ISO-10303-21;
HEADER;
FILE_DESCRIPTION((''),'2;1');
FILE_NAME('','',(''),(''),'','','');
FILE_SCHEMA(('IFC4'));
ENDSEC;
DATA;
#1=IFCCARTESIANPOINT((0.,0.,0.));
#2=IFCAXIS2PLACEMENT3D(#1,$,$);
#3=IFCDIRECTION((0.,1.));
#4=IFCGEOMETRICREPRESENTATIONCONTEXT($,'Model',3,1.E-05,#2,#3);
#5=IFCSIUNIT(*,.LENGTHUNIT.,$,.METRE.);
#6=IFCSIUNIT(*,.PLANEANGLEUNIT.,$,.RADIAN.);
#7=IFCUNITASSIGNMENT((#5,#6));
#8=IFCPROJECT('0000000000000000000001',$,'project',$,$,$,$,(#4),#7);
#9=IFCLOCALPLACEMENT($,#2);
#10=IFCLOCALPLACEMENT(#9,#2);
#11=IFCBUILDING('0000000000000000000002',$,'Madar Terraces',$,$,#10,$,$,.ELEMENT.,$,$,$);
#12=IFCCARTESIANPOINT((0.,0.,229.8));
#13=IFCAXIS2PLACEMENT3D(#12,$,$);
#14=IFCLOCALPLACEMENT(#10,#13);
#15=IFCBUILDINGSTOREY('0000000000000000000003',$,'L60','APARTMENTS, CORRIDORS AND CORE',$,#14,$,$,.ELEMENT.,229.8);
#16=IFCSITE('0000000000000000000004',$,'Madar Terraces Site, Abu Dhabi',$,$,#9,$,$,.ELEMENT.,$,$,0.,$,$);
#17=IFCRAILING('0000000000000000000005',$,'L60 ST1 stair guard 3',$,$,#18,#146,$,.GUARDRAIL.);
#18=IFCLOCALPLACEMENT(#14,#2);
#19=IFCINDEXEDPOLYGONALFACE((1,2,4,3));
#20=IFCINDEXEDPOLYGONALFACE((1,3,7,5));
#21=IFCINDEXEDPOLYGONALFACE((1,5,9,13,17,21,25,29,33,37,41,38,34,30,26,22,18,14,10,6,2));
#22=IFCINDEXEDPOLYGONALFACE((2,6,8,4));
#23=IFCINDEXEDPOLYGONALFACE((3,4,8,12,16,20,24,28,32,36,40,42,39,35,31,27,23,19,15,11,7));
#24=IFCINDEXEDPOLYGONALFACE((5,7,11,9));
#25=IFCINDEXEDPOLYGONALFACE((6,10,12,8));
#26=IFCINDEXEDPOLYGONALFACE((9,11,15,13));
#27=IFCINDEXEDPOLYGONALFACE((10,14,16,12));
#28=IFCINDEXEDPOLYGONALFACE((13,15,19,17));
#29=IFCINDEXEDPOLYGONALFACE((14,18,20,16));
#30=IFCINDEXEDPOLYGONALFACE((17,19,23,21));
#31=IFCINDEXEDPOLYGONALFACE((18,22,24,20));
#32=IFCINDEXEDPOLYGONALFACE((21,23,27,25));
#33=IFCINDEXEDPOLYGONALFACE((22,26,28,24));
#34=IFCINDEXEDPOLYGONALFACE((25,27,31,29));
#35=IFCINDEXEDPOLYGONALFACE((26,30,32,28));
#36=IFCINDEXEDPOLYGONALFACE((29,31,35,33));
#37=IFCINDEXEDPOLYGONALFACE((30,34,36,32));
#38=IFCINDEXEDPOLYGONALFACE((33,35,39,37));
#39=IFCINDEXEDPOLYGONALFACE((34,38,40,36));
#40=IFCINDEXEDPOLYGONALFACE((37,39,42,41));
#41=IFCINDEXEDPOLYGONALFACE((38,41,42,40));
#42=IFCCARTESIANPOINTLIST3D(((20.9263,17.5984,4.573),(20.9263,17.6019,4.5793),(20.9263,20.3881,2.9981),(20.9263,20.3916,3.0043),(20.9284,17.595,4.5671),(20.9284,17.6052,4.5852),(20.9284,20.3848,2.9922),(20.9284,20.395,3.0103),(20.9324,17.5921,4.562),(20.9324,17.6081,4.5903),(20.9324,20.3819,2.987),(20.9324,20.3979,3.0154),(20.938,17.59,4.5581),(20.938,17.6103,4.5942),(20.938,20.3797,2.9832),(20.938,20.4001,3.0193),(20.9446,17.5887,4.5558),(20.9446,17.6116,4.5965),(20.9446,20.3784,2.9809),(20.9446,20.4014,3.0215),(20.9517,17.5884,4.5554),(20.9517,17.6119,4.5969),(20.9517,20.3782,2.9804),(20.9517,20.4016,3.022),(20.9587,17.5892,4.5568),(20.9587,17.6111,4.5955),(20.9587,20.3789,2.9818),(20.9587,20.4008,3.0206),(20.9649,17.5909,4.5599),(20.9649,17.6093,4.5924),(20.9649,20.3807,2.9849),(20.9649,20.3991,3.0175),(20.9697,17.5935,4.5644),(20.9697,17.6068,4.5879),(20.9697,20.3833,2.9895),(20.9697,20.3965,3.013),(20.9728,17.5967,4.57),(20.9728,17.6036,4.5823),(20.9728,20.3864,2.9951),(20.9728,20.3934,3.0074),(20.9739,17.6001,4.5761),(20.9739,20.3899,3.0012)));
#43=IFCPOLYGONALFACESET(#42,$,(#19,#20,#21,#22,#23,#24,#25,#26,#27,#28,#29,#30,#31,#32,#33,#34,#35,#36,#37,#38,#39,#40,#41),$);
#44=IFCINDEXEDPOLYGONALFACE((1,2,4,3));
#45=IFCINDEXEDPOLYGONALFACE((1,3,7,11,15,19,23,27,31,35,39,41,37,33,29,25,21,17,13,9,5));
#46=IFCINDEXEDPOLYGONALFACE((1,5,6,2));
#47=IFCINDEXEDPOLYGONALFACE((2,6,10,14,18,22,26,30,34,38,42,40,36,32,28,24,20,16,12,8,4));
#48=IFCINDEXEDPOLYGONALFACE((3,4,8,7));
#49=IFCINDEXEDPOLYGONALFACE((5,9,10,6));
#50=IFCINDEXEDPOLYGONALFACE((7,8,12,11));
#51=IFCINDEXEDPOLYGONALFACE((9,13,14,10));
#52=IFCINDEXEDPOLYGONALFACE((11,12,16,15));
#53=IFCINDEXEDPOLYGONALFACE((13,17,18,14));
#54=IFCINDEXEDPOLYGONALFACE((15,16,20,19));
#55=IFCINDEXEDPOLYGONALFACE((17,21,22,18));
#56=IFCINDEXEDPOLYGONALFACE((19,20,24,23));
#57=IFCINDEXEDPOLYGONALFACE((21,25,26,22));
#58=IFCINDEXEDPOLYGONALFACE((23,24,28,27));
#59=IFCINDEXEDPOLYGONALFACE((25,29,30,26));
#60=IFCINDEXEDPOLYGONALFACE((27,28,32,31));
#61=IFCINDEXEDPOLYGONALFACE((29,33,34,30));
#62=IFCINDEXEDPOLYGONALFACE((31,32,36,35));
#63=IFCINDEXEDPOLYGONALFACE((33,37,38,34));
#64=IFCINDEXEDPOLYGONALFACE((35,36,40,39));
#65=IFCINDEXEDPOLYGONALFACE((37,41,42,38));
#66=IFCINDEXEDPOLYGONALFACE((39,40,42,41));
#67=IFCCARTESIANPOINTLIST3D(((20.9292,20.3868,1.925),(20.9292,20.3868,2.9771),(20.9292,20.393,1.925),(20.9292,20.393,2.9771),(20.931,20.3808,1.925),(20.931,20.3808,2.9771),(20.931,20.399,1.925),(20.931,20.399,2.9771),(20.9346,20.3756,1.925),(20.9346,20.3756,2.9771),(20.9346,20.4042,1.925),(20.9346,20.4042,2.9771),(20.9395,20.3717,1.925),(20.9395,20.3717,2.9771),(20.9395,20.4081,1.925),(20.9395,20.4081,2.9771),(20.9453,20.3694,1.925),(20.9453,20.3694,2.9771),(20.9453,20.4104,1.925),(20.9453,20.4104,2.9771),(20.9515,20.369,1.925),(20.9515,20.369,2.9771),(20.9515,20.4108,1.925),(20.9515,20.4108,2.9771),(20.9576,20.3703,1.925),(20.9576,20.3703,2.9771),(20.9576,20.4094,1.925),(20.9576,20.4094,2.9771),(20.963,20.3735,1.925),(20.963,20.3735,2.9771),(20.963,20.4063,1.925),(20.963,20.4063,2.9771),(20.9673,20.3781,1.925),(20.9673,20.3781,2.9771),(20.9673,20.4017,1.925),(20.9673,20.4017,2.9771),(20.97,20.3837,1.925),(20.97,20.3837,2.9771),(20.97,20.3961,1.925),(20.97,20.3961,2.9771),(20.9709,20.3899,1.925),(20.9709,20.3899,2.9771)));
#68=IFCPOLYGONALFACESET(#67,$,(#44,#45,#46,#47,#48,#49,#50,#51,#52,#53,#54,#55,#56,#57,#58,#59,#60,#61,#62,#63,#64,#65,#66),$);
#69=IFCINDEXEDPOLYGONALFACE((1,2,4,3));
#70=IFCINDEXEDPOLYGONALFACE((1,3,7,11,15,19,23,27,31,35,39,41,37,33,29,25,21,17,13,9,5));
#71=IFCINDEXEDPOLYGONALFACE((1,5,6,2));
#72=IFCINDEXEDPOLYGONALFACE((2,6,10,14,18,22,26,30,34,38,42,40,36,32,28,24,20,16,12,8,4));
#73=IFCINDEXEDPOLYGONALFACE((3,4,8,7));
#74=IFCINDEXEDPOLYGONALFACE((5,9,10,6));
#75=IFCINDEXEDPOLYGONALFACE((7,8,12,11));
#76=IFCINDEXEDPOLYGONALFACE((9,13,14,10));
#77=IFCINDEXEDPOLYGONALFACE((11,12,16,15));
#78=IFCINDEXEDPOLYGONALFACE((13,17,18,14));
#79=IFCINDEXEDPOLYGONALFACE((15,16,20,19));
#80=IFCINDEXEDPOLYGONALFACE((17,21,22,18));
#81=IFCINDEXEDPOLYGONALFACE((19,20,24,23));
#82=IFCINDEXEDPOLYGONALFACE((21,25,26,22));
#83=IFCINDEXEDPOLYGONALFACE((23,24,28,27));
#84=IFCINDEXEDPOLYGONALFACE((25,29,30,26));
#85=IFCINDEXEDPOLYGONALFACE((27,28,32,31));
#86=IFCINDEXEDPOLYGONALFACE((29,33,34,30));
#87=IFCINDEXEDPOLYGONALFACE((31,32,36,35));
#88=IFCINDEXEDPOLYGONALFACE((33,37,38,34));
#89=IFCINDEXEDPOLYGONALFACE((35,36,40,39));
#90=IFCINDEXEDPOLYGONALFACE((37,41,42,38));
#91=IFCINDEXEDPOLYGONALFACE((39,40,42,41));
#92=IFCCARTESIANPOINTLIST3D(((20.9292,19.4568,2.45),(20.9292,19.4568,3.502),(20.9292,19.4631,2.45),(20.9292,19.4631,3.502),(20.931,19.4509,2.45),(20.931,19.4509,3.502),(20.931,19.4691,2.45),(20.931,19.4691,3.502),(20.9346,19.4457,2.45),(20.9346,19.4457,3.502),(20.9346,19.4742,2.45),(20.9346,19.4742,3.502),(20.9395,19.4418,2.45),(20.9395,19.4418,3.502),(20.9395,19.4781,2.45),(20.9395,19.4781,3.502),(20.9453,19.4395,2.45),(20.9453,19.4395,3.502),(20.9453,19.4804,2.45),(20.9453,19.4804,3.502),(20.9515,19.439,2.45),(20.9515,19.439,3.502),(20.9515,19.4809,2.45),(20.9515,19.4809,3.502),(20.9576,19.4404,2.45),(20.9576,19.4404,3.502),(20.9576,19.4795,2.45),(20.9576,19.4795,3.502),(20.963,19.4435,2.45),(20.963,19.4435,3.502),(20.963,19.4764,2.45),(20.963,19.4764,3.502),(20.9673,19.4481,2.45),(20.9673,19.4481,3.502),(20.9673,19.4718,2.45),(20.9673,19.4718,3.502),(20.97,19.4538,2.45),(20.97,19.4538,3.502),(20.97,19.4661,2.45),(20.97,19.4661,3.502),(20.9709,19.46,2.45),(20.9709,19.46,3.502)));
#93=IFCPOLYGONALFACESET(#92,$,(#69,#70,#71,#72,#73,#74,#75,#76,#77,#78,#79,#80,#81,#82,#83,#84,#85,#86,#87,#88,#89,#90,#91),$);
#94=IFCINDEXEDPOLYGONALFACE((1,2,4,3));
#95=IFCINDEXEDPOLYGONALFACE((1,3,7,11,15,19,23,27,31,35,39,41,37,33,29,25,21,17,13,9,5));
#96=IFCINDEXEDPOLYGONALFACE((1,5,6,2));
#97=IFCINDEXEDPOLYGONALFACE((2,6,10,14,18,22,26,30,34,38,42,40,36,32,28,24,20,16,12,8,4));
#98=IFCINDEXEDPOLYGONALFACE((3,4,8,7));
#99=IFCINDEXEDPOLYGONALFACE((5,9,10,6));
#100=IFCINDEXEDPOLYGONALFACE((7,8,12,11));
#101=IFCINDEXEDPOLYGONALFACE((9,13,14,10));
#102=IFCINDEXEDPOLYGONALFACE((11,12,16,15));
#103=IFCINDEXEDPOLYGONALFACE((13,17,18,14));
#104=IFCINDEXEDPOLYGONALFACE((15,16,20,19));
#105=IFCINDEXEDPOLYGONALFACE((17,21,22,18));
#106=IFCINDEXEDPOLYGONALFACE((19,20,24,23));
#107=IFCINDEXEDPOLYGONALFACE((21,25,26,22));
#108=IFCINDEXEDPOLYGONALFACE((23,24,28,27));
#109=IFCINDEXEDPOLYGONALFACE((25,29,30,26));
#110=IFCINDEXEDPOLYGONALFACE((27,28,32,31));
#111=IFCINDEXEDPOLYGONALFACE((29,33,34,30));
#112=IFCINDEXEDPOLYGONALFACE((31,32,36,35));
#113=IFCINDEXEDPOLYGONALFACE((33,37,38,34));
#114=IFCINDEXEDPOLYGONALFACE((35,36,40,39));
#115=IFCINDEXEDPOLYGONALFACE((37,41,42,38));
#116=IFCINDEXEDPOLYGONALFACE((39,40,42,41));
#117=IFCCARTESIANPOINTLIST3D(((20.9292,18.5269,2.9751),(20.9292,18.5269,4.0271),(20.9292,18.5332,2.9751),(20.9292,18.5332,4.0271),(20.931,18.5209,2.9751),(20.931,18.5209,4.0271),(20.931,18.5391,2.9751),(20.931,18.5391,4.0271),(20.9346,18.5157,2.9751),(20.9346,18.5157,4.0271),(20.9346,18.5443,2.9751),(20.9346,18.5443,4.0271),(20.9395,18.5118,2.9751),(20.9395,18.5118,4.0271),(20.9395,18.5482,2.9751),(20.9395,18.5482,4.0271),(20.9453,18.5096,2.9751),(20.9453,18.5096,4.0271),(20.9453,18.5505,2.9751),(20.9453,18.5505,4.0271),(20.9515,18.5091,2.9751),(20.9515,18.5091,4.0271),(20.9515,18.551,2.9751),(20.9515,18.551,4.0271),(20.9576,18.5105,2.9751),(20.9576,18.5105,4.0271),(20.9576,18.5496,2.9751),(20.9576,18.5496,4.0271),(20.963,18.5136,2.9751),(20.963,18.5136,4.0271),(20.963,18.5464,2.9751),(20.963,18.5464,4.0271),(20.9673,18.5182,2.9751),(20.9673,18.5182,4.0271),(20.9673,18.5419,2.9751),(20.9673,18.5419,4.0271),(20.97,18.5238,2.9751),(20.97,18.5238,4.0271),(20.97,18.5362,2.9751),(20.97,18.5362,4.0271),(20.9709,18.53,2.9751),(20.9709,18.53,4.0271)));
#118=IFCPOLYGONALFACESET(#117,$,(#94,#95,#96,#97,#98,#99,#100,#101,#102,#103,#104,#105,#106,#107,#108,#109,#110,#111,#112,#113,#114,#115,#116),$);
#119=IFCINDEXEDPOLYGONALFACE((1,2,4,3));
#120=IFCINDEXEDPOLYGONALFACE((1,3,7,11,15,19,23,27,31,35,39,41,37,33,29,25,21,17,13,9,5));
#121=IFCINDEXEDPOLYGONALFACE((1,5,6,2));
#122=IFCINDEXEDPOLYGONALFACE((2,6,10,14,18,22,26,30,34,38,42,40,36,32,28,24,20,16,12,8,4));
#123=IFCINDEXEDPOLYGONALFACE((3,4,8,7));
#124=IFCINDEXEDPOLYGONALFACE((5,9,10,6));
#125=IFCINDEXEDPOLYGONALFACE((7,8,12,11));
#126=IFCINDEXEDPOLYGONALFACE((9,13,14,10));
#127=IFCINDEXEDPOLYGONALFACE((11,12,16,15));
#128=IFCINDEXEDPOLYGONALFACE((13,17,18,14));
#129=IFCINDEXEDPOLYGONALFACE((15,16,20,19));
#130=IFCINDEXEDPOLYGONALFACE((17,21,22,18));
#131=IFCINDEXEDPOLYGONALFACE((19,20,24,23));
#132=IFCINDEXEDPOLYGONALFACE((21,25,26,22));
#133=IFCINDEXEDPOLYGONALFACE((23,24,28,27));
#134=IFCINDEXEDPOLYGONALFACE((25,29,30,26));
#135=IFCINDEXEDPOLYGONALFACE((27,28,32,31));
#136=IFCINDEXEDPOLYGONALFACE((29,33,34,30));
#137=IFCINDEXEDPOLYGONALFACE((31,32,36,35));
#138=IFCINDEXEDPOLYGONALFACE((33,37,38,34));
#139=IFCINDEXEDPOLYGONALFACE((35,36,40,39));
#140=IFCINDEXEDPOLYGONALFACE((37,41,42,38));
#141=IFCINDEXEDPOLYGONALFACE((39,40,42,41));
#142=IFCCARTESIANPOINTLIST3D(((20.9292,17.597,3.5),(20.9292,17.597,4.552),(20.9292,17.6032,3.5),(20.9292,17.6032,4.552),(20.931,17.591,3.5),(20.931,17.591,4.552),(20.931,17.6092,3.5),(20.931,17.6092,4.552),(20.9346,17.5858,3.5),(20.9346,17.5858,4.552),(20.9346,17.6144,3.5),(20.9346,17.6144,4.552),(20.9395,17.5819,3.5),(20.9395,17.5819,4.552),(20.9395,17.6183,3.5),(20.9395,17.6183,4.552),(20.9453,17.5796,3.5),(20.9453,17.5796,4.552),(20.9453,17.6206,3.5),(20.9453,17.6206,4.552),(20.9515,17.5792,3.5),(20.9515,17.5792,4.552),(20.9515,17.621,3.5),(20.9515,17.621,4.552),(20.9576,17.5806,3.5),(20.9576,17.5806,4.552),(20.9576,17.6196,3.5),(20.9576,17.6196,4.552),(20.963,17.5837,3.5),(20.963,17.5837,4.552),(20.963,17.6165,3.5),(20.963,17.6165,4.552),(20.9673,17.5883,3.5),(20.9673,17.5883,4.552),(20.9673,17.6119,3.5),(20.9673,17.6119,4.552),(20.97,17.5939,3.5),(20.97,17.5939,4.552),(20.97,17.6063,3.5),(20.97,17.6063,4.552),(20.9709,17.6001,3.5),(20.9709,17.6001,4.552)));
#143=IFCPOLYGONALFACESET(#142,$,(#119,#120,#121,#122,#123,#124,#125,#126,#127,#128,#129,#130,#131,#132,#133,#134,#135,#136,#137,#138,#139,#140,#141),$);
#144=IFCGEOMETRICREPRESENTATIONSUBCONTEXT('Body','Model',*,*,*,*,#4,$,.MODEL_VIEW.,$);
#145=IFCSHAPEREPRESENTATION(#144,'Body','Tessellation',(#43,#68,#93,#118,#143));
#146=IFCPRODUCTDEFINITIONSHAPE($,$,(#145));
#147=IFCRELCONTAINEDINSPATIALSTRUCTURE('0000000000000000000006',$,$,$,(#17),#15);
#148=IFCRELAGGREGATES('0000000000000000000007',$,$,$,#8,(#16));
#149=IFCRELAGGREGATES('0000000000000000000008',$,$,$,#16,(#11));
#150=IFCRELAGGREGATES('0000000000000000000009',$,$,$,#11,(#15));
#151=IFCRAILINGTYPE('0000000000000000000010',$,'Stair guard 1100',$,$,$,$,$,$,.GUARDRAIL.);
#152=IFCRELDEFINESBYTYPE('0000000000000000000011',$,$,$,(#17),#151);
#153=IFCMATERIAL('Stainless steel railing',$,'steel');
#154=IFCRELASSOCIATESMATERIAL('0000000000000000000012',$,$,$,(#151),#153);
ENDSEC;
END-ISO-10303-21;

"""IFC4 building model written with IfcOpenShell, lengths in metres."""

from ifc_helpers import new_model, si_unit, direction, frame, origin, origin_2d, place, context, subcontext, project, spatial, circle, extrude, material, type_object, element, save


model = new_model("IFC4")

# Units and contexts
model_context = context("Model", 3, precision=1e-05, world=origin(), true_north=direction((0.0, 1.0)))
body_context = subcontext(model_context, "Body", "Model", "MODEL_VIEW")
ifc_project = project(units=[si_unit("LENGTHUNIT", "METRE"), si_unit("PLANEANGLEUNIT", "RADIAN")], contexts=[model_context])

# Site, building, storey
site_placement = place(None, origin())
site = spatial("IfcSite", under=ifc_project, at=site_placement, Name="Madar Terraces Site, Abu Dhabi", CompositionType="ELEMENT", RefElevation=0.0)
building_placement = place(site_placement, origin())
building = spatial("IfcBuilding", under=site, at=building_placement, Name="Madar Terraces", CompositionType="ELEMENT")
storey_placement = place(building_placement, frame((0.0, 0.0, 229.8)))
storey = spatial("IfcBuildingStorey", under=building, at=storey_placement, Name="L60", Description="APARTMENTS, CORRIDORS AND CORE", CompositionType="ELEMENT", Elevation=229.8)

# Railing
ifc_material_1 = material(Name="Stainless steel railing", Category="steel")
railing_type_1 = type_object("IfcRailingType", Name="Stair guard 1100", PredefinedType="GUARDRAIL", material=ifc_material_1)
railing_1_placement = place(storey_placement, frame((20.95, 20.3899, 1.925)))
element("IfcRailing", 1, at=railing_1_placement, inside=storey, type_object=railing_type_1, Name="L60 ST1 stair guard 3", PredefinedType="GUARDRAIL", context=body_context, shape_type="SweptSolid", body=[
    extrude(circle(Radius=0.0239, at=origin_2d()), frame((0.0, 0.0, 1.0762), z_axis=(0.0, -0.870815, 0.49161), x_axis=(1.0, 0.0, 0.0)), (0.0, 0.0, 1.0), 3.2036),
    extrude(circle(Radius=0.021, at=origin_2d()), origin(), (0.0, 0.0, 1.0), 1.052),
    extrude(circle(Radius=0.021, at=origin_2d()), frame((0.0, -0.9299, 0.5249)), (0.0, 0.0, 1.0), 1.052),
    extrude(circle(Radius=0.021, at=origin_2d()), frame((0.0, -1.8599, 1.05)), (0.0, 0.0, 1.0), 1.052),
    extrude(circle(Radius=0.021, at=origin_2d()), frame((0.0, -2.7898, 1.575)), (0.0, 0.0, 1.0), 1.052),
])

save(model, "model.ifc")
